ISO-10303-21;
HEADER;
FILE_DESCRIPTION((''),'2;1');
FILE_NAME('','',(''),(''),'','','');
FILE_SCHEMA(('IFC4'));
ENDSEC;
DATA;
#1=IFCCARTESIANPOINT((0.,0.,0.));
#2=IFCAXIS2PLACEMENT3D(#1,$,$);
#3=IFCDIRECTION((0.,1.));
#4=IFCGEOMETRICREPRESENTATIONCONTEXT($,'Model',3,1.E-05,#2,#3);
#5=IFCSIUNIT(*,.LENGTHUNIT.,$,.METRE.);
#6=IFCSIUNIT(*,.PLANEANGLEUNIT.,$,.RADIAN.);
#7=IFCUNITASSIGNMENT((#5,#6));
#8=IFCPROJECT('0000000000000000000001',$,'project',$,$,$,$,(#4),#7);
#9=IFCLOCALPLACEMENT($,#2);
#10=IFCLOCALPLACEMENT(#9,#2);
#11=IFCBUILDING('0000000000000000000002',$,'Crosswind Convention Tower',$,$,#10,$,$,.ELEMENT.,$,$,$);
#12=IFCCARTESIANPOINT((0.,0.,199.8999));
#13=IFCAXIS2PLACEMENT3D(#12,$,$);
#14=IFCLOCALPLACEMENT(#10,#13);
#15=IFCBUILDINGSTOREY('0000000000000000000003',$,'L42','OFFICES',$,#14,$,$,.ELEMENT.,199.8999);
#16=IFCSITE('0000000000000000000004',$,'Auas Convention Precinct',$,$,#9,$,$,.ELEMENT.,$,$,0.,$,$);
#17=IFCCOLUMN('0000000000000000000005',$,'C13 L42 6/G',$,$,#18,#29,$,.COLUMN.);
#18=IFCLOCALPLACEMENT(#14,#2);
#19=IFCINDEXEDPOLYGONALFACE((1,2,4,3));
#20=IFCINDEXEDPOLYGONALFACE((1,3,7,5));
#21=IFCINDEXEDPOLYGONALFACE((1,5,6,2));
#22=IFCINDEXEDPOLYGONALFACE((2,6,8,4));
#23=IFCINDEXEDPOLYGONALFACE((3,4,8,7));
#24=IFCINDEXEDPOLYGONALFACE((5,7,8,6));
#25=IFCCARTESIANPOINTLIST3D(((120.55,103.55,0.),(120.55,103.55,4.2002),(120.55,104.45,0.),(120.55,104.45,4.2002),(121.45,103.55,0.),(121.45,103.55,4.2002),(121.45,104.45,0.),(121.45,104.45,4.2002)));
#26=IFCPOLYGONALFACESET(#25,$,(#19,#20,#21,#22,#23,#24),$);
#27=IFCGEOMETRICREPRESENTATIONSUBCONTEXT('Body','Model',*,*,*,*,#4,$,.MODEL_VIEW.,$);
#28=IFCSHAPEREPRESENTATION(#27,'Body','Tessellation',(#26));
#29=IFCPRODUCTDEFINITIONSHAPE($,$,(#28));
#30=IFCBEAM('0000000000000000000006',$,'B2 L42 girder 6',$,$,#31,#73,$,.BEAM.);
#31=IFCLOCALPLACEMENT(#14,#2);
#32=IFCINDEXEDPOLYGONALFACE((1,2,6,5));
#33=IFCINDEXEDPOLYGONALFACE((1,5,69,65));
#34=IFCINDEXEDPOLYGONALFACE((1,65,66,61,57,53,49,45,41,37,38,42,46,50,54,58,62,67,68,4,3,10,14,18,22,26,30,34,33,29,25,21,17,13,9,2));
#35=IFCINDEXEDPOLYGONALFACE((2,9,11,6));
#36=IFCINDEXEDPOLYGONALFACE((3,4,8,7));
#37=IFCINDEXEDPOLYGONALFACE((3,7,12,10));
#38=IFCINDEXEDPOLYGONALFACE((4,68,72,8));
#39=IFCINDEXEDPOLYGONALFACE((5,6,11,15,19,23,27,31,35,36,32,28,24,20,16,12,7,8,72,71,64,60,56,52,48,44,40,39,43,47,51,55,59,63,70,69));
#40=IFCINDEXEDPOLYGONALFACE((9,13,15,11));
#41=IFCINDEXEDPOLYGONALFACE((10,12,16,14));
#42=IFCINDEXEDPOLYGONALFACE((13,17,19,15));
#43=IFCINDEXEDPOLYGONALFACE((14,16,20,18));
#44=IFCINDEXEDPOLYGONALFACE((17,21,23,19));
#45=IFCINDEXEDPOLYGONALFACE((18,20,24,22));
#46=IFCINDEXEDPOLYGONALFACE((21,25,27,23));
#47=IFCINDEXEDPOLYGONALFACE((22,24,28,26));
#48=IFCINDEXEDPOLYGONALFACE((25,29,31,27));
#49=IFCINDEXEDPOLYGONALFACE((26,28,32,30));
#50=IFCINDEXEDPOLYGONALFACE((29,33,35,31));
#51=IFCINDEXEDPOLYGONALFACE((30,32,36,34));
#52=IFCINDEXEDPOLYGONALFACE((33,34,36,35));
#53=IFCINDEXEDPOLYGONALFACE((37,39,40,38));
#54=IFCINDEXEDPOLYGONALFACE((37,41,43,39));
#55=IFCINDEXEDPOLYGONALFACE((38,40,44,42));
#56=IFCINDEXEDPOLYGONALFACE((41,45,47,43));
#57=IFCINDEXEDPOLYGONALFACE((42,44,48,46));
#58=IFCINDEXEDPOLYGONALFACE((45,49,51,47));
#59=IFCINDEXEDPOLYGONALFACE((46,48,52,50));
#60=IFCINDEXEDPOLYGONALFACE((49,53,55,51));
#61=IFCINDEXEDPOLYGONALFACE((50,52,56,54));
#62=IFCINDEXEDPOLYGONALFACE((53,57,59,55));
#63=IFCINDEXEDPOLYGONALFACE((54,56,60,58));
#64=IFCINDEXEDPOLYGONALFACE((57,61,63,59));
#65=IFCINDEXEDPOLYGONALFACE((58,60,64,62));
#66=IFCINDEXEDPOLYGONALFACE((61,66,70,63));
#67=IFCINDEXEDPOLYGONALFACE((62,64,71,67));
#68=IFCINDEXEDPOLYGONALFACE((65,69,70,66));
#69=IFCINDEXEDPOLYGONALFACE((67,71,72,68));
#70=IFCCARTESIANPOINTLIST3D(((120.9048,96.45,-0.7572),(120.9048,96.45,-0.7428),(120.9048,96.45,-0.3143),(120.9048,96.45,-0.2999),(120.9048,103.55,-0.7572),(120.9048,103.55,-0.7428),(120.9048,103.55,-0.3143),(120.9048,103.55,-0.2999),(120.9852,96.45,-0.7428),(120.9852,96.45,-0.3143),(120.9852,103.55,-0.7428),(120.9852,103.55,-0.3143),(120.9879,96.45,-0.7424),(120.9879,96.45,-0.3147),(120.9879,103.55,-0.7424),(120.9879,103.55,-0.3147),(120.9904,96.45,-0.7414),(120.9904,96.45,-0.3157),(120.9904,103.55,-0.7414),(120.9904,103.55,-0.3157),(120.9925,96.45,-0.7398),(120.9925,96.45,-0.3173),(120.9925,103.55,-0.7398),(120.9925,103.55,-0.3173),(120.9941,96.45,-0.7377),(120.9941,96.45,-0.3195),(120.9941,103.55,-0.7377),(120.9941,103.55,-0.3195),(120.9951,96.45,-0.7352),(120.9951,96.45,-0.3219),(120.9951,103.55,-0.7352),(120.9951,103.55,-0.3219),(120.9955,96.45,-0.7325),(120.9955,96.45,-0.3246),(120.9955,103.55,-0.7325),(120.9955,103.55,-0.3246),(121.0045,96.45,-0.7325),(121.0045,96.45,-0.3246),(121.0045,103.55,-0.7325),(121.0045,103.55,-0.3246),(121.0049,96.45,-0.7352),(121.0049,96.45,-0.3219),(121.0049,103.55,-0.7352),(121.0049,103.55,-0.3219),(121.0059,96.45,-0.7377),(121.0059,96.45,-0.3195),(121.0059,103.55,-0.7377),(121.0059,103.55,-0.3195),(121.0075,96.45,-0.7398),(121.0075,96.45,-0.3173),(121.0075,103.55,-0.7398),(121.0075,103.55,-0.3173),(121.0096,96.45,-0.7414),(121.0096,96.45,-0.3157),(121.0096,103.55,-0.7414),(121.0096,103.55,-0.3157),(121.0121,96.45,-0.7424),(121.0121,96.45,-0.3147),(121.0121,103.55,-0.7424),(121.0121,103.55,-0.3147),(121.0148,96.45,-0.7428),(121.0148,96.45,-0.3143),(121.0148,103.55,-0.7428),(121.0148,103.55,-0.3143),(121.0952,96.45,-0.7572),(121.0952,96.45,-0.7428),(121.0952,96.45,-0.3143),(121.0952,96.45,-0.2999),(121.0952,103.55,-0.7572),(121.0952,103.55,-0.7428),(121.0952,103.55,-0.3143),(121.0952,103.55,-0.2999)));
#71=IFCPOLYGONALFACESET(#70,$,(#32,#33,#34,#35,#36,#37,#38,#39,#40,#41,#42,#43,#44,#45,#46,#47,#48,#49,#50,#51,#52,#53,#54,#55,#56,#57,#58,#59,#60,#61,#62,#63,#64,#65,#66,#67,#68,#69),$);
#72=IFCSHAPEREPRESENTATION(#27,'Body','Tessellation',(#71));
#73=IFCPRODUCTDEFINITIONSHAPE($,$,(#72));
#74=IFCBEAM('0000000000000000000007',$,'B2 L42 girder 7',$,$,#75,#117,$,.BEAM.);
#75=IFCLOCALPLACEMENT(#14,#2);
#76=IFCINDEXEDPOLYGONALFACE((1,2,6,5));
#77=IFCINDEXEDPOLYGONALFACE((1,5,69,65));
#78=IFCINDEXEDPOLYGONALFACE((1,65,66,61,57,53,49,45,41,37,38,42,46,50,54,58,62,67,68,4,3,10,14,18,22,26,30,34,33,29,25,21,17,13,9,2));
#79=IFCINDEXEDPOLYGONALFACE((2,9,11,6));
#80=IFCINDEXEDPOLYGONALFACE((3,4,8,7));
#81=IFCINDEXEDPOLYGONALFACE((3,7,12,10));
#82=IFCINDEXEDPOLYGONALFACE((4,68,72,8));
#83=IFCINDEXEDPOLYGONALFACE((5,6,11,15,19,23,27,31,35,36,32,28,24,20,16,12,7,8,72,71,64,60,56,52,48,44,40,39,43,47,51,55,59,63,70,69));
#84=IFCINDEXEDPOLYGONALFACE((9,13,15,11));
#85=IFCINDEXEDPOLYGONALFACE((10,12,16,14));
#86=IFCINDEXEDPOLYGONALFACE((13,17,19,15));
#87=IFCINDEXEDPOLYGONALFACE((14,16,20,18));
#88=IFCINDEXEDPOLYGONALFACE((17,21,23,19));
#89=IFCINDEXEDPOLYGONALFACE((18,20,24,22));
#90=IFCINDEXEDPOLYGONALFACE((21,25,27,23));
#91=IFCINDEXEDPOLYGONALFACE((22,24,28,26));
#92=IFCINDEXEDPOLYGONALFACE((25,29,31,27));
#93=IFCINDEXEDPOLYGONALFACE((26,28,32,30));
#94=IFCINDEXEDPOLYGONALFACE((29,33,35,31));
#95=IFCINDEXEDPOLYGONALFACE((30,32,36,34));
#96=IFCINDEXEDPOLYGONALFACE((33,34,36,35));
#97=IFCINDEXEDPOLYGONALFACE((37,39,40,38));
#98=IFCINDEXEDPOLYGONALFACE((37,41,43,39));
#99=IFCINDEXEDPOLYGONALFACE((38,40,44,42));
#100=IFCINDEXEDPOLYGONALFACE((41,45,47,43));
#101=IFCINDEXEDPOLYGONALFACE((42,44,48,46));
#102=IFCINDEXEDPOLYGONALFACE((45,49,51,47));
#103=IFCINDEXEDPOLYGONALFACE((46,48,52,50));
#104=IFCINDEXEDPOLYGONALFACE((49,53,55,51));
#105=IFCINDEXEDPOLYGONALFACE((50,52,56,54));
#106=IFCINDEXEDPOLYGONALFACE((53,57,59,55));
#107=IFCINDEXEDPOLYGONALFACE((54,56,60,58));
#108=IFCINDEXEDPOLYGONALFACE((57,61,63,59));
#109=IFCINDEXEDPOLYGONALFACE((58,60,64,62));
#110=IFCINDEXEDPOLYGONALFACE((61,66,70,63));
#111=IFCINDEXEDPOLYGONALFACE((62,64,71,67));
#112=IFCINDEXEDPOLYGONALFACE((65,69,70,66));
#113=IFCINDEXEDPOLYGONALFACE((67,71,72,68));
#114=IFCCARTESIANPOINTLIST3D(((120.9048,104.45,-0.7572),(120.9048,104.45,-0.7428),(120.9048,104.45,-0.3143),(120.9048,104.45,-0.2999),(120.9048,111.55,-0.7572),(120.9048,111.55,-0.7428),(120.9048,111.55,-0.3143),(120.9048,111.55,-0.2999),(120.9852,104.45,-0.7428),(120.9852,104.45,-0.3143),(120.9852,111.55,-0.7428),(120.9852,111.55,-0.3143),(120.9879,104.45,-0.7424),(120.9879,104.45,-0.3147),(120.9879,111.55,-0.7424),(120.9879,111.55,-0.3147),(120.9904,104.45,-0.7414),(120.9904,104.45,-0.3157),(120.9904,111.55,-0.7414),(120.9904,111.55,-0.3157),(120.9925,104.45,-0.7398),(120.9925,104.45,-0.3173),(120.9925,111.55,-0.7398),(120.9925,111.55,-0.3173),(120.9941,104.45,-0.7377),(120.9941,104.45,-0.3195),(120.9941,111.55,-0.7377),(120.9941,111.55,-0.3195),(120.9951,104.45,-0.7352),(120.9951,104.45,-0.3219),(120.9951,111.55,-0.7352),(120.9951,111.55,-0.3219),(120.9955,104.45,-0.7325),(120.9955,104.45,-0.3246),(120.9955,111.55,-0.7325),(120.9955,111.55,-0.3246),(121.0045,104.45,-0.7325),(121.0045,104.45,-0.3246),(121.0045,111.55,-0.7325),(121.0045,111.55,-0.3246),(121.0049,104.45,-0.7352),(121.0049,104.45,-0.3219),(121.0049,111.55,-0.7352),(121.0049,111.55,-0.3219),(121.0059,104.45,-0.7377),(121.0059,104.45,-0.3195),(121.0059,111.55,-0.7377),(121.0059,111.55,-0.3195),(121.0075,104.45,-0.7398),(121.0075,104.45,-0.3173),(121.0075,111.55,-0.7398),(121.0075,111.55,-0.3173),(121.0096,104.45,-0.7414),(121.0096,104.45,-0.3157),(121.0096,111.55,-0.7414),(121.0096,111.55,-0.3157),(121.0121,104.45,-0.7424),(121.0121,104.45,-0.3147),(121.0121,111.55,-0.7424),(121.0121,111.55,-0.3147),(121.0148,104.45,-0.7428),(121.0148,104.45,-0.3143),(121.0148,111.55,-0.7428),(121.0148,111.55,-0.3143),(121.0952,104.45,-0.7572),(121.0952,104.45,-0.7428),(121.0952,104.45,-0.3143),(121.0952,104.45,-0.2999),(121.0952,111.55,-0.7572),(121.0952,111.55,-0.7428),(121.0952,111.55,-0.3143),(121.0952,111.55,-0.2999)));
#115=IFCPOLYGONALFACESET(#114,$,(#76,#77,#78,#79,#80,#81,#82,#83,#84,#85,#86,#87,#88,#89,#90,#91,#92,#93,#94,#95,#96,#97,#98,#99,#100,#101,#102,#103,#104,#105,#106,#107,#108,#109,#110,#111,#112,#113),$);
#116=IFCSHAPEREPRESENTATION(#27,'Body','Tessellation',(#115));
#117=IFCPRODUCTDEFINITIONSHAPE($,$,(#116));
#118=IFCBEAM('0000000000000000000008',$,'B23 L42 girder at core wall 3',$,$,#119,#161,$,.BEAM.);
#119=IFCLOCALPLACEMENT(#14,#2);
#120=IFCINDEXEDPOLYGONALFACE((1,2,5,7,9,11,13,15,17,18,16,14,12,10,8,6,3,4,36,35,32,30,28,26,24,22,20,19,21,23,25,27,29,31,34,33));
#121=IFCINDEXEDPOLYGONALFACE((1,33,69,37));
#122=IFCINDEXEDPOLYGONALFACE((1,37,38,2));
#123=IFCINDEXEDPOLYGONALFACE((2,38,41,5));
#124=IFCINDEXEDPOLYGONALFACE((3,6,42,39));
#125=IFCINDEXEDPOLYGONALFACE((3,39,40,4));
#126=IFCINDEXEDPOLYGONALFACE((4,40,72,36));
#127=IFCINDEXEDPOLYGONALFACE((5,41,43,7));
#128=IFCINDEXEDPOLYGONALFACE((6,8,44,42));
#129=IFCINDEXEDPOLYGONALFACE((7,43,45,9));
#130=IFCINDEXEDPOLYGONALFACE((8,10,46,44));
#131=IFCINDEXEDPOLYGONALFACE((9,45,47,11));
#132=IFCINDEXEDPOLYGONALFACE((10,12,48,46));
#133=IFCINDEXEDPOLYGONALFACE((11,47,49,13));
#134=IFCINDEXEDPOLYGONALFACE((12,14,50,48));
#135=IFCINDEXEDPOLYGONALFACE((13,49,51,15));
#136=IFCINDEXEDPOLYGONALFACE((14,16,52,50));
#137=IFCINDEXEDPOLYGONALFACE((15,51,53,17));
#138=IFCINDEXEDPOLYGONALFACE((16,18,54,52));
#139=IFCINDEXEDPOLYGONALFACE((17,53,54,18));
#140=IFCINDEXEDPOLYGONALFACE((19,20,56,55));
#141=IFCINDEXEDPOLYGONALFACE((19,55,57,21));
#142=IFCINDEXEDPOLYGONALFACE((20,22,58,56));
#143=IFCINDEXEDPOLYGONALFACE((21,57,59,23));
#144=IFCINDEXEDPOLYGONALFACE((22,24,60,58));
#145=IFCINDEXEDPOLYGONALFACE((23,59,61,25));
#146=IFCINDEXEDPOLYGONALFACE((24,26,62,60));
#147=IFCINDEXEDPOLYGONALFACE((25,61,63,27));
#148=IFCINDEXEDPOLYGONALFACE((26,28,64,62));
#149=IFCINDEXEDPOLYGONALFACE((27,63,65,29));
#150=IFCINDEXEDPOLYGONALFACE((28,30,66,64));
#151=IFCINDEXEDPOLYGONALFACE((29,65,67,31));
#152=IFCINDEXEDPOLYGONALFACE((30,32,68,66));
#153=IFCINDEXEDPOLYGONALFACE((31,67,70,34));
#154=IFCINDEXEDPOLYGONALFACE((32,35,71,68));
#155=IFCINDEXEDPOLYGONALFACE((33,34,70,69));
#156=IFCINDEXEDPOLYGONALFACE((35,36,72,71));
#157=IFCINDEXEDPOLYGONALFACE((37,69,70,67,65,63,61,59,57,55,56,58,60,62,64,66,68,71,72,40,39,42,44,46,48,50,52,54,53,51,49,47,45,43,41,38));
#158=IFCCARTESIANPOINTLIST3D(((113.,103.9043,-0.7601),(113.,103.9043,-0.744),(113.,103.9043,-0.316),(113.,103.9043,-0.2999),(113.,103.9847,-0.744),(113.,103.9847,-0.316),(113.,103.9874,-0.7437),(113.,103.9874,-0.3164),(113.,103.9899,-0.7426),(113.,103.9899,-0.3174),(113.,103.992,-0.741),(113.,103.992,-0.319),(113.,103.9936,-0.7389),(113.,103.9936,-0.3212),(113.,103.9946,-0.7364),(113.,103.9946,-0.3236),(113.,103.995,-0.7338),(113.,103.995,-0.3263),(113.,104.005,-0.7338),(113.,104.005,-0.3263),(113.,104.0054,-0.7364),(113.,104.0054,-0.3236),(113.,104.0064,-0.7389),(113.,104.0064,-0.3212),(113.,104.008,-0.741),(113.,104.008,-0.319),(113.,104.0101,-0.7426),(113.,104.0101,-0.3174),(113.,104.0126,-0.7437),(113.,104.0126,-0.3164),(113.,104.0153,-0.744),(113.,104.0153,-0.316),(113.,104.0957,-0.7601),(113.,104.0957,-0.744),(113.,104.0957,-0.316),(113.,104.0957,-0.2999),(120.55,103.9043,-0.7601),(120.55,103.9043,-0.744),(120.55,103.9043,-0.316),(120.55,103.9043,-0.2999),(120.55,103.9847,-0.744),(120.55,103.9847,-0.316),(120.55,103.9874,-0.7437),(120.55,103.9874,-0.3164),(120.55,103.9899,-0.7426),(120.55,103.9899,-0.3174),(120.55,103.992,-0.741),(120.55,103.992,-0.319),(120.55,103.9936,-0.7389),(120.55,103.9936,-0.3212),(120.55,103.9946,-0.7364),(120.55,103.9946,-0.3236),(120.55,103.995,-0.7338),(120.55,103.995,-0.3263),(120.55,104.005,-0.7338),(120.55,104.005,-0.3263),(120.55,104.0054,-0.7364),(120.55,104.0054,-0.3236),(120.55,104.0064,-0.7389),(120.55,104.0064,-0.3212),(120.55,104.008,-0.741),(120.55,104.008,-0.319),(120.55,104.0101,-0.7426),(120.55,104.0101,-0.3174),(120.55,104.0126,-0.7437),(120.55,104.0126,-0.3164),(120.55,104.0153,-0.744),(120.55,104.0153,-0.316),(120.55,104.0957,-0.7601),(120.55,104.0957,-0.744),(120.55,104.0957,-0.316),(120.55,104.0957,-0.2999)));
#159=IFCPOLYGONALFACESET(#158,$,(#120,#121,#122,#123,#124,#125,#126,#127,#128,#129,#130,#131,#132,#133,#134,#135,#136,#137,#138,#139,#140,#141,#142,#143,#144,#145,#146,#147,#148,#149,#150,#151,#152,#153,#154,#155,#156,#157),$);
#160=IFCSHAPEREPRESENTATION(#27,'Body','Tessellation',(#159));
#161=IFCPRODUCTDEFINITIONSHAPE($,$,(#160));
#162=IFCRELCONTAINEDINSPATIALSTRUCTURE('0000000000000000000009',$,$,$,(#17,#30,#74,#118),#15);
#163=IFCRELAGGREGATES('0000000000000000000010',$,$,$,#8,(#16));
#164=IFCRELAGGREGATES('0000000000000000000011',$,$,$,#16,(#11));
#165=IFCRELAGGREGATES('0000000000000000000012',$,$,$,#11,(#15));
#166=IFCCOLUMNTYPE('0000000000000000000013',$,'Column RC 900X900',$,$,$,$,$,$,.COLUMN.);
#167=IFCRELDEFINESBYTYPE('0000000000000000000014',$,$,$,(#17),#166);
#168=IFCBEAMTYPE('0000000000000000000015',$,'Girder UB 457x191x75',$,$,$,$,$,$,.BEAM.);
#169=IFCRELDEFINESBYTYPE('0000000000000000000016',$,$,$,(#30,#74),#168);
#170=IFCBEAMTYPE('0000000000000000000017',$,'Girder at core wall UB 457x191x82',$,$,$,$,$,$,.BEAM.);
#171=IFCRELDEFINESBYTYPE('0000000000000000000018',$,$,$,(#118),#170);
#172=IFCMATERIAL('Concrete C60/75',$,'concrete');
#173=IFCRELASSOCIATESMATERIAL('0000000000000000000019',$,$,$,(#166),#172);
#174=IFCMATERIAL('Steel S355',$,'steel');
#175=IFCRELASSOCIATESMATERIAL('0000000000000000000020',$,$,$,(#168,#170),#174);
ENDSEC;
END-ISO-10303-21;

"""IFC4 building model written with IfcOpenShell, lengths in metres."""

from ifc_helpers import new_model, si_unit, direction, frame, origin, origin_2d, place, context, subcontext, project, spatial, rectangle, i_section, extrude, material, material_profile, profile_set, type_object, element, save


model = new_model("IFC4")

# Units and contexts
model_context = context("Model", 3, precision=1e-05, world=origin(), true_north=direction((0.0, 1.0)))
body_context = subcontext(model_context, "Body", "Model", "MODEL_VIEW")
ifc_project = project(units=[si_unit("LENGTHUNIT", "METRE"), si_unit("PLANEANGLEUNIT", "RADIAN")], contexts=[model_context])

# Site, building, storey
site_placement = place(None, origin())
site = spatial("IfcSite", under=ifc_project, at=site_placement, Name="Auas Convention Precinct", CompositionType="ELEMENT", RefElevation=0.0)
building_placement = place(site_placement, origin())
building = spatial("IfcBuilding", under=site, at=building_placement, Name="Crosswind Convention Tower", CompositionType="ELEMENT")
storey_placement = place(building_placement, frame((0.0, 0.0, 199.8999)))
storey = spatial("IfcBuildingStorey", under=building, at=storey_placement, Name="L42", Description="OFFICES", CompositionType="ELEMENT", Elevation=199.8999)

# Column
ifc_material_1 = material(Name="Concrete C60/75", Category="concrete")
ifc_material_profile_1 = material_profile(ifc_material_1, rectangle(XDim=0.8999, YDim=0.8999, at=origin_2d()), Name="RC 900X900")
ifc_profile_set_1 = profile_set([ifc_material_profile_1], Name="Concrete C60/75")
column_type = type_object("IfcColumnType", Name="Column RC 900X900", PredefinedType="COLUMN", material=ifc_profile_set_1)
column_placement = place(storey_placement, frame((121.0, 104.0, 0.0), z_axis=(0.0, 0.0, 1.0), x_axis=(1.0, 0.0, 0.0)))
element("IfcColumn", 1, at=column_placement, inside=storey, type_object=column_type, Name="C13 L42 6/G", PredefinedType="COLUMN", context=body_context, shape_type="SweptSolid", body=[
    extrude(rectangle(XDim=0.8999, YDim=0.8999, at=origin_2d()), origin(), (0.0, 0.0, 1.0), 4.2002),
])

# Beams
ifc_material_2 = material(Name="Steel S355", Category="steel")
ifc_material_profile_2 = material_profile(ifc_material_2, i_section(OverallWidth=0.1904, OverallDepth=0.4573, WebThickness=0.009, FlangeThickness=0.0144, FilletRadius=0.0103, at=origin_2d()), Name="UB 457x191x75")
ifc_profile_set_2 = profile_set([ifc_material_profile_2], Name="Steel S355")
beam_type_1 = type_object("IfcBeamType", Name="Girder UB 457x191x75", PredefinedType="BEAM", material=ifc_profile_set_2)
for number, where, z_axis, x_axis, name in (
    (2, (121.0, 96.45, -0.5286), (0.0, 1.0, 0.0), (-1.0, 0.0, 0.0), "B2 L42 girder 6"),
    (3, (121.0, 104.45, -0.5286), (0.0, 1.0, 0.0), (-1.0, 0.0, 0.0), "B2 L42 girder 7"),
):
    element("IfcBeam", number, at=place(storey_placement, frame(where, z_axis=z_axis, x_axis=x_axis)), inside=storey, type_object=beam_type_1, Name=name, PredefinedType="BEAM", context=body_context, shape_type="SweptSolid", body=[
        extrude(i_section(OverallWidth=0.1904, OverallDepth=0.4573, WebThickness=0.009, FlangeThickness=0.0144, FilletRadius=0.0103, at=origin_2d()), origin(), (0.0, 0.0, 1.0), 7.1001),
    ])
ifc_material_profile_3 = material_profile(ifc_material_2, i_section(OverallWidth=0.1914, OverallDepth=0.4602, WebThickness=0.01, FlangeThickness=0.0161, FilletRadius=0.0103, at=origin_2d()), Name="UB 457x191x82")
ifc_profile_set_3 = profile_set([ifc_material_profile_3], Name="Steel S355")
beam_type_2 = type_object("IfcBeamType", Name="Girder at core wall UB 457x191x82", PredefinedType="BEAM", material=ifc_profile_set_3)
beam_placement = place(storey_placement, frame((113.0, 104.0, -0.53), z_axis=(1.0, 0.0, 0.0), x_axis=(0.0, 1.0, 0.0)))
element("IfcBeam", 4, at=beam_placement, inside=storey, type_object=beam_type_2, Name="B23 L42 girder at core wall 3", PredefinedType="BEAM", context=body_context, shape_type="SweptSolid", body=[
    extrude(i_section(OverallWidth=0.1914, OverallDepth=0.4602, WebThickness=0.01, FlangeThickness=0.0161, FilletRadius=0.0103, at=origin_2d()), origin(), (0.0, 0.0, 1.0), 7.55),
])

save(model, "model.ifc")
